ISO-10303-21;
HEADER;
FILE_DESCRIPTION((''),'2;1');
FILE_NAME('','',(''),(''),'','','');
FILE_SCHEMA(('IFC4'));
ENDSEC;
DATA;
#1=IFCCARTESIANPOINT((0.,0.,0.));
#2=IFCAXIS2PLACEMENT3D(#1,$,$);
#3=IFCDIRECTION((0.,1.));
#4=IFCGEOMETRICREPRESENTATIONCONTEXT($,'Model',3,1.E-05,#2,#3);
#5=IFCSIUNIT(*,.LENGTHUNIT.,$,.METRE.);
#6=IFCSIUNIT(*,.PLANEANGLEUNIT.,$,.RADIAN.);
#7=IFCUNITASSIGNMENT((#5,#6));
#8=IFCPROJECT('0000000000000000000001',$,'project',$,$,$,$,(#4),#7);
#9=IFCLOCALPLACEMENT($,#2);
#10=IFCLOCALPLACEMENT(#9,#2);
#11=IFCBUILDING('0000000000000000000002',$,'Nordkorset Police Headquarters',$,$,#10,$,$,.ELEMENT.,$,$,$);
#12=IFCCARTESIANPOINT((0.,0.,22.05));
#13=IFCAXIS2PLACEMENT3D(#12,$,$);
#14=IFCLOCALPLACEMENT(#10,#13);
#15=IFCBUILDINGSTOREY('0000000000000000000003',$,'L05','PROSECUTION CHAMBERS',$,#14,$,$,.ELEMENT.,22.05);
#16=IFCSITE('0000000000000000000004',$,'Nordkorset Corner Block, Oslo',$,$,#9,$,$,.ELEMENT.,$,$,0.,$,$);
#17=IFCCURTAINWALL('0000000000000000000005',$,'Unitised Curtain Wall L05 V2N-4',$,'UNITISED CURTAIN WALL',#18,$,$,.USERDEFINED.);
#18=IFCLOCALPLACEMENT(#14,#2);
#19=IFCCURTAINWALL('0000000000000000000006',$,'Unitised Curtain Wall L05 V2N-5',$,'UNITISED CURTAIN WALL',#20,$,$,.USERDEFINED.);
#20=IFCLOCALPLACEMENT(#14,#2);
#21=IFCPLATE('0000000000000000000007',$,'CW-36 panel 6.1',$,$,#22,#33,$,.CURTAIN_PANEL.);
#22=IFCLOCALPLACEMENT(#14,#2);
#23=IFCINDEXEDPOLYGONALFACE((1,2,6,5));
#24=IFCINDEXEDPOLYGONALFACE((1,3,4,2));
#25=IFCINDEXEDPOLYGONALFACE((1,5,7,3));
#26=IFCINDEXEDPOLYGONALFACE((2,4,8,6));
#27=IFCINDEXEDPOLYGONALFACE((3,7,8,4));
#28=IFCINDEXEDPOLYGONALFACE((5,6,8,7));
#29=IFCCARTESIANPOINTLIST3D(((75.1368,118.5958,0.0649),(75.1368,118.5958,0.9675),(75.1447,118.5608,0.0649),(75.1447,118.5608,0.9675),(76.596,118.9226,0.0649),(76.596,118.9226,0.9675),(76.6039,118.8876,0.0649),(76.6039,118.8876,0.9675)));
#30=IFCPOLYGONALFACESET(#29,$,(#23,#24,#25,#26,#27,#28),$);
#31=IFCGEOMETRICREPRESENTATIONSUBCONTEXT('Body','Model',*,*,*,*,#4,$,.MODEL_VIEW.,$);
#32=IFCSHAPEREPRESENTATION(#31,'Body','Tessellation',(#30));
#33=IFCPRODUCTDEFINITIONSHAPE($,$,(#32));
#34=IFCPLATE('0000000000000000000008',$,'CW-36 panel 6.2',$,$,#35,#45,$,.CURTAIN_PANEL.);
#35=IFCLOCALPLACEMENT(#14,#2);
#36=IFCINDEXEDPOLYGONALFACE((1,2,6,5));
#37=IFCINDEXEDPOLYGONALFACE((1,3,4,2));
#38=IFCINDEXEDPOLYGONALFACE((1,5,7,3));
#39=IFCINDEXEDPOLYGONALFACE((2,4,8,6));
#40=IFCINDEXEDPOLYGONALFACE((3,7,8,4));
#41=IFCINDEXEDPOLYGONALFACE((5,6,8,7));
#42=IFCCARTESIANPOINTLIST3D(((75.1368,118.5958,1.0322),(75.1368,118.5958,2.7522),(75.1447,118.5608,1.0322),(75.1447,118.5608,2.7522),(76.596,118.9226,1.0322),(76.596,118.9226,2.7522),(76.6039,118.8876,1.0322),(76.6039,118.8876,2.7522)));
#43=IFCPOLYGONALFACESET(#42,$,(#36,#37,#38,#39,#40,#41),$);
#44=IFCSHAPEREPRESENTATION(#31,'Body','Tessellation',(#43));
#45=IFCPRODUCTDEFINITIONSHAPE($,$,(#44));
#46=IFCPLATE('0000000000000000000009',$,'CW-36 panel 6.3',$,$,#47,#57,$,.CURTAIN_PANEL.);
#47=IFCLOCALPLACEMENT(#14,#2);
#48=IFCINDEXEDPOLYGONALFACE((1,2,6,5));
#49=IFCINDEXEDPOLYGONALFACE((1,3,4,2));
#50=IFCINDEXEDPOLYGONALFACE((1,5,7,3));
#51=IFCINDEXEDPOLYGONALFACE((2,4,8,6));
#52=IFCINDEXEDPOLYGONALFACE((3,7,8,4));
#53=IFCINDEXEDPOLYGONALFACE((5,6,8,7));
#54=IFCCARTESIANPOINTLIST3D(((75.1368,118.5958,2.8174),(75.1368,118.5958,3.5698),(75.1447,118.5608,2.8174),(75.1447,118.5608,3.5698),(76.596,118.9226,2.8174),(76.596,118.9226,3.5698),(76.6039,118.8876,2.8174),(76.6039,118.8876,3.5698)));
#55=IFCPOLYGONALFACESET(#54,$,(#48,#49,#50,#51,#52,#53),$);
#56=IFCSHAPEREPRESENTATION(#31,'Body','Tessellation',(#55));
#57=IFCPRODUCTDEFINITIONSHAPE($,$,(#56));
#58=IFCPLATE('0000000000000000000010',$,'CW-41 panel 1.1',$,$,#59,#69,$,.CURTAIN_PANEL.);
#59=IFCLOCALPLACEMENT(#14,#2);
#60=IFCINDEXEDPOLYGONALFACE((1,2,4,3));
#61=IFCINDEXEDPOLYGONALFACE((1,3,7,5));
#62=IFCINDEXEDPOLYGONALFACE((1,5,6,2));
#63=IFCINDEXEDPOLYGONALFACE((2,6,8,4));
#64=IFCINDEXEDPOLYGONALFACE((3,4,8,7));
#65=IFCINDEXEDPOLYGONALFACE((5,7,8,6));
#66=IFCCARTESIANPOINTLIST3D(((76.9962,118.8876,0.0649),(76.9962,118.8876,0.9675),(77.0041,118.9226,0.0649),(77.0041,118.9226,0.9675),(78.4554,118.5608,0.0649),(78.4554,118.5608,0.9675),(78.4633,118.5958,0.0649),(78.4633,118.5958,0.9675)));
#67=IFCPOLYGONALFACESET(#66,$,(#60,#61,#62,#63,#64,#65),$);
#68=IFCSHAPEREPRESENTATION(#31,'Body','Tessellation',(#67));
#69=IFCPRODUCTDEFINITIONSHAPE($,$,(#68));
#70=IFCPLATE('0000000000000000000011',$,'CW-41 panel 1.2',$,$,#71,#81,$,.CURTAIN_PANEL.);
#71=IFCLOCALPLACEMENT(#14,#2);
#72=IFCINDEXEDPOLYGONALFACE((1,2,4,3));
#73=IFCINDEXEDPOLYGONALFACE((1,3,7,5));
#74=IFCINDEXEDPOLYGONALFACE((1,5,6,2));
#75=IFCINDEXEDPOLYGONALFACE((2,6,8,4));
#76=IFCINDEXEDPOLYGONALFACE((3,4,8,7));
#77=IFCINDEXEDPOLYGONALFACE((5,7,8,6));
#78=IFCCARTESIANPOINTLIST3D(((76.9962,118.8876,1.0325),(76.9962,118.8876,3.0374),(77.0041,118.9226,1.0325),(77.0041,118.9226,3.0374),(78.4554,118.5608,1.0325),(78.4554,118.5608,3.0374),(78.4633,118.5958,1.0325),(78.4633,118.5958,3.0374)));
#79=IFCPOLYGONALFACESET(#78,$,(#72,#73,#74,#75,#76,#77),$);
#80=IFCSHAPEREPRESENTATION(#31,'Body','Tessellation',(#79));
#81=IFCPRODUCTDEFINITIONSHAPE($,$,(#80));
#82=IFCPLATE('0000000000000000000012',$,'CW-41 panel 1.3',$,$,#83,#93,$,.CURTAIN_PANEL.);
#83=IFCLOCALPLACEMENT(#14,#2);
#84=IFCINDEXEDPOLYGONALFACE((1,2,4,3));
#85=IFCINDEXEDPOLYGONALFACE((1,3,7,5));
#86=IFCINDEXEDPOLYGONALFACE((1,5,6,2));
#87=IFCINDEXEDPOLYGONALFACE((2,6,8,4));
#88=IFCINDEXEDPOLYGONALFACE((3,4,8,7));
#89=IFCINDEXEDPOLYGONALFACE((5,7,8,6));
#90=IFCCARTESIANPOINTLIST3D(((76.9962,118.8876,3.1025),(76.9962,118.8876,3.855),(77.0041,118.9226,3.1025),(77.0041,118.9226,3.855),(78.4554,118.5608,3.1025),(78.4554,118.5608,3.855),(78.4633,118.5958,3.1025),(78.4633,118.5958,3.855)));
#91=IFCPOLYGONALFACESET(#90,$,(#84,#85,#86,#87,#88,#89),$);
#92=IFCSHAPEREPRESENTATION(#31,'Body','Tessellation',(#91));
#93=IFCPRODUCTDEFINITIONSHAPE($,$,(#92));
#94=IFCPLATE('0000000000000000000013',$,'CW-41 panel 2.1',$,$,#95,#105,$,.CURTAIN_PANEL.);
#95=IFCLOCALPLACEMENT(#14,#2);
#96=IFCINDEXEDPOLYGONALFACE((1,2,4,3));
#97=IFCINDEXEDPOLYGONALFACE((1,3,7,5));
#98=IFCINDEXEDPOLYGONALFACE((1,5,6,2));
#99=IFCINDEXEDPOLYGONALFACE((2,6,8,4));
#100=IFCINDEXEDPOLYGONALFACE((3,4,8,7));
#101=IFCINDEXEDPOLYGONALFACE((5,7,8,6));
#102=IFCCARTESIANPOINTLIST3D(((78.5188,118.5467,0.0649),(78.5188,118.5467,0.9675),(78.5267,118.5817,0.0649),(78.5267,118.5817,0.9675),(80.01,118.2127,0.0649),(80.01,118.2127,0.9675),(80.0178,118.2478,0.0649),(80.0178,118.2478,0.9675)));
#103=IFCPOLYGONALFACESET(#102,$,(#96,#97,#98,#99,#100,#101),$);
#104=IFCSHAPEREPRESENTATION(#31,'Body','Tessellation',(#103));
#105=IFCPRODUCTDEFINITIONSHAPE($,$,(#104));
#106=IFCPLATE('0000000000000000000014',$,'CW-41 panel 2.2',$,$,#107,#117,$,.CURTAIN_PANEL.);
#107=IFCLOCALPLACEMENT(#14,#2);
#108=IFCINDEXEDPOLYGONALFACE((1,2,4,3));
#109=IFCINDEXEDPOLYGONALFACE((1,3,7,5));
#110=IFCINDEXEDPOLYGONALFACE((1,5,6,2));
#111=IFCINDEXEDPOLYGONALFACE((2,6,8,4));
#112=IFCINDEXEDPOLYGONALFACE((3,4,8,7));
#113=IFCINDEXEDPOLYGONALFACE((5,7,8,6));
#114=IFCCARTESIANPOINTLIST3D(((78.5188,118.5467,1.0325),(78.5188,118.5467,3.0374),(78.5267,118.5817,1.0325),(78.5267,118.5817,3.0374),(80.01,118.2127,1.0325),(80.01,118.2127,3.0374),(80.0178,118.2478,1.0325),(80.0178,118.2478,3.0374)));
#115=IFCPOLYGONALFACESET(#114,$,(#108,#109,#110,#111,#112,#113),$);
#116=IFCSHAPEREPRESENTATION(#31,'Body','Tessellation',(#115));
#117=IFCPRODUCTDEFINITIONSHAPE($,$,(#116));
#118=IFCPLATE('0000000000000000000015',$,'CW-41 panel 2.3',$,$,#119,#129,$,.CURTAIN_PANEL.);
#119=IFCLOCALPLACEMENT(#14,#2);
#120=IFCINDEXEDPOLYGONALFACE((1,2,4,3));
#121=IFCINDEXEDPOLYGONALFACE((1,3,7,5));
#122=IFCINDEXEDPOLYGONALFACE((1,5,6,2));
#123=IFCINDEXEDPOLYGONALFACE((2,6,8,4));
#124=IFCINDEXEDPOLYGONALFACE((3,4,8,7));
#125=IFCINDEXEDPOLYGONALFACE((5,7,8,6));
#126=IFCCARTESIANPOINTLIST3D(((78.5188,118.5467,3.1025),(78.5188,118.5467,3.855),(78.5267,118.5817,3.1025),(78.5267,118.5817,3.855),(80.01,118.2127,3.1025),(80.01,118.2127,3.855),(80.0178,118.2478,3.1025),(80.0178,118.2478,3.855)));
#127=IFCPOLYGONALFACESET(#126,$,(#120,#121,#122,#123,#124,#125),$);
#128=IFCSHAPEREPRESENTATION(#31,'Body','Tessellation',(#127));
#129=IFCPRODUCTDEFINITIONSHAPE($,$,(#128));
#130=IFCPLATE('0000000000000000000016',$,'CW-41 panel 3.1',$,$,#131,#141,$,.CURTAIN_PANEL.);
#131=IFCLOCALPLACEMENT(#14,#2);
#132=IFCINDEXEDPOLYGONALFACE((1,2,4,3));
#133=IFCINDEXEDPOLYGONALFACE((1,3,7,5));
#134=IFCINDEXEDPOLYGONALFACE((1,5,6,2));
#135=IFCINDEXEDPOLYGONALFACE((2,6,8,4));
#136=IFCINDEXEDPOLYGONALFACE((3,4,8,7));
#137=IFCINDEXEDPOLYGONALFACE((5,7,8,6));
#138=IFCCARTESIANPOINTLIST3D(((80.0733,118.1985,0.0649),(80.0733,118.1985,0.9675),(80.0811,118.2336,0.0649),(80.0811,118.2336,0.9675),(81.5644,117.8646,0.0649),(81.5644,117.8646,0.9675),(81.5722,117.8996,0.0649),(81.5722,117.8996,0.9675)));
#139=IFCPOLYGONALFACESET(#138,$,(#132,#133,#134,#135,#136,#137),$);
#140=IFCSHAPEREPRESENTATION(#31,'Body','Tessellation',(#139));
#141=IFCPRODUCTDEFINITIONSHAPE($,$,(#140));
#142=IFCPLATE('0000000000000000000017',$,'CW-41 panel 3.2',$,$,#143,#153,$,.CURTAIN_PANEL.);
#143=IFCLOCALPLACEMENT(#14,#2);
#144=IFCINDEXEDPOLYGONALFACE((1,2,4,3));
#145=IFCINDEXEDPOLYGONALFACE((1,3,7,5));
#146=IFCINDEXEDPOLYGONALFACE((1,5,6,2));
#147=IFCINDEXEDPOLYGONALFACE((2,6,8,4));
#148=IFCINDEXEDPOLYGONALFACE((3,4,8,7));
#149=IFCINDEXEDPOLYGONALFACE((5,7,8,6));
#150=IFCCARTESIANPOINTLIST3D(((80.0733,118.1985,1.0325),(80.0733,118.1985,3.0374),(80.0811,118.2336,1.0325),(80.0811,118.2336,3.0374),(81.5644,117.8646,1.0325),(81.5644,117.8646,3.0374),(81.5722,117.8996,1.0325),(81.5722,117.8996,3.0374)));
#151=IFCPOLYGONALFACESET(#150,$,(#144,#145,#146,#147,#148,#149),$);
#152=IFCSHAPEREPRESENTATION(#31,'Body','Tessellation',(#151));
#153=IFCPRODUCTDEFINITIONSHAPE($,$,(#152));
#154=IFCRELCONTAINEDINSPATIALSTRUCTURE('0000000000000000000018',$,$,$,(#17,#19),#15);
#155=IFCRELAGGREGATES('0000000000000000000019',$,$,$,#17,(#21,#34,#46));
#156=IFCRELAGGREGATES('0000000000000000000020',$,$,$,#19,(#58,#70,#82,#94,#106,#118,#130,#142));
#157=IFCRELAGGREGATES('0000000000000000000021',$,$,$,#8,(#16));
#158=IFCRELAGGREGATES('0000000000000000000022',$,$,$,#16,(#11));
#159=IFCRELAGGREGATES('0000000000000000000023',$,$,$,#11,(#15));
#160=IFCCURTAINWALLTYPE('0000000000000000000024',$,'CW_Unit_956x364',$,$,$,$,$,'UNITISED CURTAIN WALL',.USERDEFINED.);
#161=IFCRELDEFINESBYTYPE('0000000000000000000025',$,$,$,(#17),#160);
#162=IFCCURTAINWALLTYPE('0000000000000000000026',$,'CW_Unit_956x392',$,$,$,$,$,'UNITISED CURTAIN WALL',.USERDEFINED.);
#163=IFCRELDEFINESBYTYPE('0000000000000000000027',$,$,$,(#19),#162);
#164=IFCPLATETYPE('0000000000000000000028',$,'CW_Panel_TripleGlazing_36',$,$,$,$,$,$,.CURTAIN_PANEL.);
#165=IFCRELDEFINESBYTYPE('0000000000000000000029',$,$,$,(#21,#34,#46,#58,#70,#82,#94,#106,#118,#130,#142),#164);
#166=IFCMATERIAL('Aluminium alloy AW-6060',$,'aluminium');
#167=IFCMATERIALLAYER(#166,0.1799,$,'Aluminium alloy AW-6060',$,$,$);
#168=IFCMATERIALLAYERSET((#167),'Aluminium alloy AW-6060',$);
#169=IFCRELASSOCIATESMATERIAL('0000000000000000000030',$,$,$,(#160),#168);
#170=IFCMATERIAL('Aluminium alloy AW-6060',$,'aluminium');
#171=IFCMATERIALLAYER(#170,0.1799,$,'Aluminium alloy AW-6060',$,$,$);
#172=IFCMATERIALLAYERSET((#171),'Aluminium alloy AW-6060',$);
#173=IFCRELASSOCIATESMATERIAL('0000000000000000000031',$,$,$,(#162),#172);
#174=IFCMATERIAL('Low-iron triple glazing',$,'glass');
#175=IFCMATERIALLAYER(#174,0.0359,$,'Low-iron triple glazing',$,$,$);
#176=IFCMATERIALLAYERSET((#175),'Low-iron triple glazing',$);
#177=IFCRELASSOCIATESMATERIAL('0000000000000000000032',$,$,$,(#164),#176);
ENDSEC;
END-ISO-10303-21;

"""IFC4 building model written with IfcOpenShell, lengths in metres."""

from ifc_helpers import new_model, si_unit, direction, frame, origin, origin_2d, place, context, subcontext, project, spatial, rectangle, extrude, material, layer, layer_set, type_object, element, aggregate, save


model = new_model("IFC4")

# Units and contexts
model_context = context("Model", 3, precision=1e-05, world=origin(), true_north=direction((0.0, 1.0)))
body_context = subcontext(model_context, "Body", "Model", "MODEL_VIEW")
ifc_project = project(units=[si_unit("LENGTHUNIT", "METRE"), si_unit("PLANEANGLEUNIT", "RADIAN")], contexts=[model_context])

# Site, building, storey
site_placement = place(None, origin())
site = spatial("IfcSite", under=ifc_project, at=site_placement, Name="Nordkorset Corner Block, Oslo", CompositionType="ELEMENT", RefElevation=0.0)
building_placement = place(site_placement, origin())
building = spatial("IfcBuilding", under=site, at=building_placement, Name="Nordkorset Police Headquarters", CompositionType="ELEMENT")
storey_placement = place(building_placement, frame((0.0, 0.0, 22.05)))
storey = spatial("IfcBuildingStorey", under=building, at=storey_placement, Name="L05", Description="PROSECUTION CHAMBERS", CompositionType="ELEMENT", Elevation=22.05)

# Curtain wall
ifc_material_1 = material(Name="Aluminium alloy AW-6060", Category="aluminium")
ifc_layer_1 = layer(ifc_material_1, 0.1799, Name="Aluminium alloy AW-6060")
ifc_layer_set_1 = layer_set([ifc_layer_1], Name="Aluminium alloy AW-6060")
curtain_wall_type_1 = type_object("IfcCurtainWallType", Name="CW_Unit_956x364", ElementType="UNITISED CURTAIN WALL", PredefinedType="USERDEFINED", material=ifc_layer_set_1)
curtain_wall_1_placement = place(storey_placement, origin())
curtain_wall_1 = element("IfcCurtainWall", 1, at=curtain_wall_1_placement, inside=storey, type_object=curtain_wall_type_1, Name="Unitised Curtain Wall L05 V2N-4", ObjectType="UNITISED CURTAIN WALL", PredefinedType="USERDEFINED")

# Curtain wall
ifc_material_2 = material(Name="Aluminium alloy AW-6060", Category="aluminium")
ifc_layer_2 = layer(ifc_material_2, 0.1799, Name="Aluminium alloy AW-6060")
ifc_layer_set_2 = layer_set([ifc_layer_2], Name="Aluminium alloy AW-6060")
curtain_wall_type_2 = type_object("IfcCurtainWallType", Name="CW_Unit_956x392", ElementType="UNITISED CURTAIN WALL", PredefinedType="USERDEFINED", material=ifc_layer_set_2)
curtain_wall_2_placement = place(storey_placement, origin())
curtain_wall_2 = element("IfcCurtainWall", 2, at=curtain_wall_2_placement, inside=storey, type_object=curtain_wall_type_2, Name="Unitised Curtain Wall L05 V2N-5", ObjectType="UNITISED CURTAIN WALL", PredefinedType="USERDEFINED")

# Plates
ifc_material_3 = material(Name="Low-iron triple glazing", Category="glass")
ifc_layer_3 = layer(ifc_material_3, 0.0359, Name="Low-iron triple glazing")
ifc_layer_set_3 = layer_set([ifc_layer_3], Name="Low-iron triple glazing")
plate_type = type_object("IfcPlateType", Name="CW_Panel_TripleGlazing_36", PredefinedType="CURTAIN_PANEL", material=ifc_layer_set_3)
plate_1_placement = place(storey_placement, frame((75.8704, 118.7417, 0.0649), z_axis=(0.0, 0.0, 1.0), x_axis=(0.975827, 0.218544, 0.0)))
plate_1 = element("IfcPlate", 3, at=plate_1_placement, type_object=plate_type, Name="CW-36 panel 6.1", PredefinedType="CURTAIN_PANEL", context=body_context, shape_type="SweptSolid", body=[
    extrude(rectangle(XDim=1.4954, YDim=0.0359, at=origin_2d()), origin(), (0.0, 0.0, 1.0), 0.9026),
])
plate_2_placement = place(storey_placement, frame((75.8704, 118.7417, 1.0322), z_axis=(0.0, 0.0, 1.0), x_axis=(0.975827, 0.218544, 0.0)))
plate_2 = element("IfcPlate", 4, at=plate_2_placement, type_object=plate_type, Name="CW-36 panel 6.2", PredefinedType="CURTAIN_PANEL", context=body_context, shape_type="SweptSolid", body=[
    extrude(rectangle(XDim=1.4954, YDim=0.0359, at=origin_2d()), origin(), (0.0, 0.0, 1.0), 1.72),
])
plate_3_placement = place(storey_placement, frame((75.8704, 118.7417, 2.8174), z_axis=(0.0, 0.0, 1.0), x_axis=(0.975827, 0.218544, 0.0)))
plate_3 = element("IfcPlate", 5, at=plate_3_placement, type_object=plate_type, Name="CW-36 panel 6.3", PredefinedType="CURTAIN_PANEL", context=body_context, shape_type="SweptSolid", body=[
    extrude(rectangle(XDim=1.4954, YDim=0.0359, at=origin_2d()), origin(), (0.0, 0.0, 1.0), 0.7524),
])
aggregate(curtain_wall_1, [plate_1, plate_2, plate_3])
plate_4_placement = place(storey_placement, frame((77.7297, 118.7417, 0.0649), z_axis=(0.0, 0.0, 1.0), x_axis=(0.975827, -0.218544, 0.0)))
plate_4 = element("IfcPlate", 6, at=plate_4_placement, type_object=plate_type, Name="CW-41 panel 1.1", PredefinedType="CURTAIN_PANEL", context=body_context, shape_type="SweptSolid", body=[
    extrude(rectangle(XDim=1.4954, YDim=0.0359, at=origin_2d()), origin(), (0.0, 0.0, 1.0), 0.9026),
])
plate_5_placement = place(storey_placement, frame((77.7297, 118.7417, 1.0325), z_axis=(0.0, 0.0, 1.0), x_axis=(0.975827, -0.218544, 0.0)))
plate_5 = element("IfcPlate", 7, at=plate_5_placement, type_object=plate_type, Name="CW-41 panel 1.2", PredefinedType="CURTAIN_PANEL", context=body_context, shape_type="SweptSolid", body=[
    extrude(rectangle(XDim=1.4954, YDim=0.0359, at=origin_2d()), origin(), (0.0, 0.0, 1.0), 2.0049),
])
plate_6_placement = place(storey_placement, frame((77.7297, 118.7417, 3.1025), z_axis=(0.0, 0.0, 1.0), x_axis=(0.975827, -0.218544, 0.0)))
plate_6 = element("IfcPlate", 8, at=plate_6_placement, type_object=plate_type, Name="CW-41 panel 1.3", PredefinedType="CURTAIN_PANEL", context=body_context, shape_type="SweptSolid", body=[
    extrude(rectangle(XDim=1.4954, YDim=0.0359, at=origin_2d()), origin(), (0.0, 0.0, 1.0), 0.7524),
])
plate_7_placement = place(storey_placement, frame((79.2683, 118.3972, 0.0649), z_axis=(0.0, 0.0, 1.0), x_axis=(0.975827, -0.218544, 0.0)))
plate_7 = element("IfcPlate", 9, at=plate_7_placement, type_object=plate_type, Name="CW-41 panel 2.1", PredefinedType="CURTAIN_PANEL", context=body_context, shape_type="SweptSolid", body=[
    extrude(rectangle(XDim=1.5281, YDim=0.0359, at=origin_2d()), origin(), (0.0, 0.0, 1.0), 0.9026),
])
plate_8_placement = place(storey_placement, frame((79.2683, 118.3972, 1.0325), z_axis=(0.0, 0.0, 1.0), x_axis=(0.975827, -0.218544, 0.0)))
plate_8 = element("IfcPlate", 10, at=plate_8_placement, type_object=plate_type, Name="CW-41 panel 2.2", PredefinedType="CURTAIN_PANEL", context=body_context, shape_type="SweptSolid", body=[
    extrude(rectangle(XDim=1.5281, YDim=0.0359, at=origin_2d()), origin(), (0.0, 0.0, 1.0), 2.0049),
])
plate_9_placement = place(storey_placement, frame((79.2683, 118.3972, 3.1025), z_axis=(0.0, 0.0, 1.0), x_axis=(0.975827, -0.218544, 0.0)))
plate_9 = element("IfcPlate", 11, at=plate_9_placement, type_object=plate_type, Name="CW-41 panel 2.3", PredefinedType="CURTAIN_PANEL", context=body_context, shape_type="SweptSolid", body=[
    extrude(rectangle(XDim=1.5281, YDim=0.0359, at=origin_2d()), origin(), (0.0, 0.0, 1.0), 0.7524),
])
plate_10_placement = place(storey_placement, frame((80.8228, 118.0491, 0.0649), z_axis=(0.0, 0.0, 1.0), x_axis=(0.975827, -0.218544, 0.0)))
plate_10 = element("IfcPlate", 12, at=plate_10_placement, type_object=plate_type, Name="CW-41 panel 3.1", PredefinedType="CURTAIN_PANEL", context=body_context, shape_type="SweptSolid", body=[
    extrude(rectangle(XDim=1.5281, YDim=0.0359, at=origin_2d()), origin(), (0.0, 0.0, 1.0), 0.9026),
])
plate_11_placement = place(storey_placement, frame((80.8228, 118.0491, 1.0325), z_axis=(0.0, 0.0, 1.0), x_axis=(0.975827, -0.218544, 0.0)))
plate_11 = element("IfcPlate", 13, at=plate_11_placement, type_object=plate_type, Name="CW-41 panel 3.2", PredefinedType="CURTAIN_PANEL", context=body_context, shape_type="SweptSolid", body=[
    extrude(rectangle(XDim=1.5281, YDim=0.0359, at=origin_2d()), origin(), (0.0, 0.0, 1.0), 2.0049),
])
aggregate(curtain_wall_2, [plate_4, plate_5, plate_6, plate_7, plate_8, plate_9, plate_10, plate_11])

save(model, "model.ifc")
